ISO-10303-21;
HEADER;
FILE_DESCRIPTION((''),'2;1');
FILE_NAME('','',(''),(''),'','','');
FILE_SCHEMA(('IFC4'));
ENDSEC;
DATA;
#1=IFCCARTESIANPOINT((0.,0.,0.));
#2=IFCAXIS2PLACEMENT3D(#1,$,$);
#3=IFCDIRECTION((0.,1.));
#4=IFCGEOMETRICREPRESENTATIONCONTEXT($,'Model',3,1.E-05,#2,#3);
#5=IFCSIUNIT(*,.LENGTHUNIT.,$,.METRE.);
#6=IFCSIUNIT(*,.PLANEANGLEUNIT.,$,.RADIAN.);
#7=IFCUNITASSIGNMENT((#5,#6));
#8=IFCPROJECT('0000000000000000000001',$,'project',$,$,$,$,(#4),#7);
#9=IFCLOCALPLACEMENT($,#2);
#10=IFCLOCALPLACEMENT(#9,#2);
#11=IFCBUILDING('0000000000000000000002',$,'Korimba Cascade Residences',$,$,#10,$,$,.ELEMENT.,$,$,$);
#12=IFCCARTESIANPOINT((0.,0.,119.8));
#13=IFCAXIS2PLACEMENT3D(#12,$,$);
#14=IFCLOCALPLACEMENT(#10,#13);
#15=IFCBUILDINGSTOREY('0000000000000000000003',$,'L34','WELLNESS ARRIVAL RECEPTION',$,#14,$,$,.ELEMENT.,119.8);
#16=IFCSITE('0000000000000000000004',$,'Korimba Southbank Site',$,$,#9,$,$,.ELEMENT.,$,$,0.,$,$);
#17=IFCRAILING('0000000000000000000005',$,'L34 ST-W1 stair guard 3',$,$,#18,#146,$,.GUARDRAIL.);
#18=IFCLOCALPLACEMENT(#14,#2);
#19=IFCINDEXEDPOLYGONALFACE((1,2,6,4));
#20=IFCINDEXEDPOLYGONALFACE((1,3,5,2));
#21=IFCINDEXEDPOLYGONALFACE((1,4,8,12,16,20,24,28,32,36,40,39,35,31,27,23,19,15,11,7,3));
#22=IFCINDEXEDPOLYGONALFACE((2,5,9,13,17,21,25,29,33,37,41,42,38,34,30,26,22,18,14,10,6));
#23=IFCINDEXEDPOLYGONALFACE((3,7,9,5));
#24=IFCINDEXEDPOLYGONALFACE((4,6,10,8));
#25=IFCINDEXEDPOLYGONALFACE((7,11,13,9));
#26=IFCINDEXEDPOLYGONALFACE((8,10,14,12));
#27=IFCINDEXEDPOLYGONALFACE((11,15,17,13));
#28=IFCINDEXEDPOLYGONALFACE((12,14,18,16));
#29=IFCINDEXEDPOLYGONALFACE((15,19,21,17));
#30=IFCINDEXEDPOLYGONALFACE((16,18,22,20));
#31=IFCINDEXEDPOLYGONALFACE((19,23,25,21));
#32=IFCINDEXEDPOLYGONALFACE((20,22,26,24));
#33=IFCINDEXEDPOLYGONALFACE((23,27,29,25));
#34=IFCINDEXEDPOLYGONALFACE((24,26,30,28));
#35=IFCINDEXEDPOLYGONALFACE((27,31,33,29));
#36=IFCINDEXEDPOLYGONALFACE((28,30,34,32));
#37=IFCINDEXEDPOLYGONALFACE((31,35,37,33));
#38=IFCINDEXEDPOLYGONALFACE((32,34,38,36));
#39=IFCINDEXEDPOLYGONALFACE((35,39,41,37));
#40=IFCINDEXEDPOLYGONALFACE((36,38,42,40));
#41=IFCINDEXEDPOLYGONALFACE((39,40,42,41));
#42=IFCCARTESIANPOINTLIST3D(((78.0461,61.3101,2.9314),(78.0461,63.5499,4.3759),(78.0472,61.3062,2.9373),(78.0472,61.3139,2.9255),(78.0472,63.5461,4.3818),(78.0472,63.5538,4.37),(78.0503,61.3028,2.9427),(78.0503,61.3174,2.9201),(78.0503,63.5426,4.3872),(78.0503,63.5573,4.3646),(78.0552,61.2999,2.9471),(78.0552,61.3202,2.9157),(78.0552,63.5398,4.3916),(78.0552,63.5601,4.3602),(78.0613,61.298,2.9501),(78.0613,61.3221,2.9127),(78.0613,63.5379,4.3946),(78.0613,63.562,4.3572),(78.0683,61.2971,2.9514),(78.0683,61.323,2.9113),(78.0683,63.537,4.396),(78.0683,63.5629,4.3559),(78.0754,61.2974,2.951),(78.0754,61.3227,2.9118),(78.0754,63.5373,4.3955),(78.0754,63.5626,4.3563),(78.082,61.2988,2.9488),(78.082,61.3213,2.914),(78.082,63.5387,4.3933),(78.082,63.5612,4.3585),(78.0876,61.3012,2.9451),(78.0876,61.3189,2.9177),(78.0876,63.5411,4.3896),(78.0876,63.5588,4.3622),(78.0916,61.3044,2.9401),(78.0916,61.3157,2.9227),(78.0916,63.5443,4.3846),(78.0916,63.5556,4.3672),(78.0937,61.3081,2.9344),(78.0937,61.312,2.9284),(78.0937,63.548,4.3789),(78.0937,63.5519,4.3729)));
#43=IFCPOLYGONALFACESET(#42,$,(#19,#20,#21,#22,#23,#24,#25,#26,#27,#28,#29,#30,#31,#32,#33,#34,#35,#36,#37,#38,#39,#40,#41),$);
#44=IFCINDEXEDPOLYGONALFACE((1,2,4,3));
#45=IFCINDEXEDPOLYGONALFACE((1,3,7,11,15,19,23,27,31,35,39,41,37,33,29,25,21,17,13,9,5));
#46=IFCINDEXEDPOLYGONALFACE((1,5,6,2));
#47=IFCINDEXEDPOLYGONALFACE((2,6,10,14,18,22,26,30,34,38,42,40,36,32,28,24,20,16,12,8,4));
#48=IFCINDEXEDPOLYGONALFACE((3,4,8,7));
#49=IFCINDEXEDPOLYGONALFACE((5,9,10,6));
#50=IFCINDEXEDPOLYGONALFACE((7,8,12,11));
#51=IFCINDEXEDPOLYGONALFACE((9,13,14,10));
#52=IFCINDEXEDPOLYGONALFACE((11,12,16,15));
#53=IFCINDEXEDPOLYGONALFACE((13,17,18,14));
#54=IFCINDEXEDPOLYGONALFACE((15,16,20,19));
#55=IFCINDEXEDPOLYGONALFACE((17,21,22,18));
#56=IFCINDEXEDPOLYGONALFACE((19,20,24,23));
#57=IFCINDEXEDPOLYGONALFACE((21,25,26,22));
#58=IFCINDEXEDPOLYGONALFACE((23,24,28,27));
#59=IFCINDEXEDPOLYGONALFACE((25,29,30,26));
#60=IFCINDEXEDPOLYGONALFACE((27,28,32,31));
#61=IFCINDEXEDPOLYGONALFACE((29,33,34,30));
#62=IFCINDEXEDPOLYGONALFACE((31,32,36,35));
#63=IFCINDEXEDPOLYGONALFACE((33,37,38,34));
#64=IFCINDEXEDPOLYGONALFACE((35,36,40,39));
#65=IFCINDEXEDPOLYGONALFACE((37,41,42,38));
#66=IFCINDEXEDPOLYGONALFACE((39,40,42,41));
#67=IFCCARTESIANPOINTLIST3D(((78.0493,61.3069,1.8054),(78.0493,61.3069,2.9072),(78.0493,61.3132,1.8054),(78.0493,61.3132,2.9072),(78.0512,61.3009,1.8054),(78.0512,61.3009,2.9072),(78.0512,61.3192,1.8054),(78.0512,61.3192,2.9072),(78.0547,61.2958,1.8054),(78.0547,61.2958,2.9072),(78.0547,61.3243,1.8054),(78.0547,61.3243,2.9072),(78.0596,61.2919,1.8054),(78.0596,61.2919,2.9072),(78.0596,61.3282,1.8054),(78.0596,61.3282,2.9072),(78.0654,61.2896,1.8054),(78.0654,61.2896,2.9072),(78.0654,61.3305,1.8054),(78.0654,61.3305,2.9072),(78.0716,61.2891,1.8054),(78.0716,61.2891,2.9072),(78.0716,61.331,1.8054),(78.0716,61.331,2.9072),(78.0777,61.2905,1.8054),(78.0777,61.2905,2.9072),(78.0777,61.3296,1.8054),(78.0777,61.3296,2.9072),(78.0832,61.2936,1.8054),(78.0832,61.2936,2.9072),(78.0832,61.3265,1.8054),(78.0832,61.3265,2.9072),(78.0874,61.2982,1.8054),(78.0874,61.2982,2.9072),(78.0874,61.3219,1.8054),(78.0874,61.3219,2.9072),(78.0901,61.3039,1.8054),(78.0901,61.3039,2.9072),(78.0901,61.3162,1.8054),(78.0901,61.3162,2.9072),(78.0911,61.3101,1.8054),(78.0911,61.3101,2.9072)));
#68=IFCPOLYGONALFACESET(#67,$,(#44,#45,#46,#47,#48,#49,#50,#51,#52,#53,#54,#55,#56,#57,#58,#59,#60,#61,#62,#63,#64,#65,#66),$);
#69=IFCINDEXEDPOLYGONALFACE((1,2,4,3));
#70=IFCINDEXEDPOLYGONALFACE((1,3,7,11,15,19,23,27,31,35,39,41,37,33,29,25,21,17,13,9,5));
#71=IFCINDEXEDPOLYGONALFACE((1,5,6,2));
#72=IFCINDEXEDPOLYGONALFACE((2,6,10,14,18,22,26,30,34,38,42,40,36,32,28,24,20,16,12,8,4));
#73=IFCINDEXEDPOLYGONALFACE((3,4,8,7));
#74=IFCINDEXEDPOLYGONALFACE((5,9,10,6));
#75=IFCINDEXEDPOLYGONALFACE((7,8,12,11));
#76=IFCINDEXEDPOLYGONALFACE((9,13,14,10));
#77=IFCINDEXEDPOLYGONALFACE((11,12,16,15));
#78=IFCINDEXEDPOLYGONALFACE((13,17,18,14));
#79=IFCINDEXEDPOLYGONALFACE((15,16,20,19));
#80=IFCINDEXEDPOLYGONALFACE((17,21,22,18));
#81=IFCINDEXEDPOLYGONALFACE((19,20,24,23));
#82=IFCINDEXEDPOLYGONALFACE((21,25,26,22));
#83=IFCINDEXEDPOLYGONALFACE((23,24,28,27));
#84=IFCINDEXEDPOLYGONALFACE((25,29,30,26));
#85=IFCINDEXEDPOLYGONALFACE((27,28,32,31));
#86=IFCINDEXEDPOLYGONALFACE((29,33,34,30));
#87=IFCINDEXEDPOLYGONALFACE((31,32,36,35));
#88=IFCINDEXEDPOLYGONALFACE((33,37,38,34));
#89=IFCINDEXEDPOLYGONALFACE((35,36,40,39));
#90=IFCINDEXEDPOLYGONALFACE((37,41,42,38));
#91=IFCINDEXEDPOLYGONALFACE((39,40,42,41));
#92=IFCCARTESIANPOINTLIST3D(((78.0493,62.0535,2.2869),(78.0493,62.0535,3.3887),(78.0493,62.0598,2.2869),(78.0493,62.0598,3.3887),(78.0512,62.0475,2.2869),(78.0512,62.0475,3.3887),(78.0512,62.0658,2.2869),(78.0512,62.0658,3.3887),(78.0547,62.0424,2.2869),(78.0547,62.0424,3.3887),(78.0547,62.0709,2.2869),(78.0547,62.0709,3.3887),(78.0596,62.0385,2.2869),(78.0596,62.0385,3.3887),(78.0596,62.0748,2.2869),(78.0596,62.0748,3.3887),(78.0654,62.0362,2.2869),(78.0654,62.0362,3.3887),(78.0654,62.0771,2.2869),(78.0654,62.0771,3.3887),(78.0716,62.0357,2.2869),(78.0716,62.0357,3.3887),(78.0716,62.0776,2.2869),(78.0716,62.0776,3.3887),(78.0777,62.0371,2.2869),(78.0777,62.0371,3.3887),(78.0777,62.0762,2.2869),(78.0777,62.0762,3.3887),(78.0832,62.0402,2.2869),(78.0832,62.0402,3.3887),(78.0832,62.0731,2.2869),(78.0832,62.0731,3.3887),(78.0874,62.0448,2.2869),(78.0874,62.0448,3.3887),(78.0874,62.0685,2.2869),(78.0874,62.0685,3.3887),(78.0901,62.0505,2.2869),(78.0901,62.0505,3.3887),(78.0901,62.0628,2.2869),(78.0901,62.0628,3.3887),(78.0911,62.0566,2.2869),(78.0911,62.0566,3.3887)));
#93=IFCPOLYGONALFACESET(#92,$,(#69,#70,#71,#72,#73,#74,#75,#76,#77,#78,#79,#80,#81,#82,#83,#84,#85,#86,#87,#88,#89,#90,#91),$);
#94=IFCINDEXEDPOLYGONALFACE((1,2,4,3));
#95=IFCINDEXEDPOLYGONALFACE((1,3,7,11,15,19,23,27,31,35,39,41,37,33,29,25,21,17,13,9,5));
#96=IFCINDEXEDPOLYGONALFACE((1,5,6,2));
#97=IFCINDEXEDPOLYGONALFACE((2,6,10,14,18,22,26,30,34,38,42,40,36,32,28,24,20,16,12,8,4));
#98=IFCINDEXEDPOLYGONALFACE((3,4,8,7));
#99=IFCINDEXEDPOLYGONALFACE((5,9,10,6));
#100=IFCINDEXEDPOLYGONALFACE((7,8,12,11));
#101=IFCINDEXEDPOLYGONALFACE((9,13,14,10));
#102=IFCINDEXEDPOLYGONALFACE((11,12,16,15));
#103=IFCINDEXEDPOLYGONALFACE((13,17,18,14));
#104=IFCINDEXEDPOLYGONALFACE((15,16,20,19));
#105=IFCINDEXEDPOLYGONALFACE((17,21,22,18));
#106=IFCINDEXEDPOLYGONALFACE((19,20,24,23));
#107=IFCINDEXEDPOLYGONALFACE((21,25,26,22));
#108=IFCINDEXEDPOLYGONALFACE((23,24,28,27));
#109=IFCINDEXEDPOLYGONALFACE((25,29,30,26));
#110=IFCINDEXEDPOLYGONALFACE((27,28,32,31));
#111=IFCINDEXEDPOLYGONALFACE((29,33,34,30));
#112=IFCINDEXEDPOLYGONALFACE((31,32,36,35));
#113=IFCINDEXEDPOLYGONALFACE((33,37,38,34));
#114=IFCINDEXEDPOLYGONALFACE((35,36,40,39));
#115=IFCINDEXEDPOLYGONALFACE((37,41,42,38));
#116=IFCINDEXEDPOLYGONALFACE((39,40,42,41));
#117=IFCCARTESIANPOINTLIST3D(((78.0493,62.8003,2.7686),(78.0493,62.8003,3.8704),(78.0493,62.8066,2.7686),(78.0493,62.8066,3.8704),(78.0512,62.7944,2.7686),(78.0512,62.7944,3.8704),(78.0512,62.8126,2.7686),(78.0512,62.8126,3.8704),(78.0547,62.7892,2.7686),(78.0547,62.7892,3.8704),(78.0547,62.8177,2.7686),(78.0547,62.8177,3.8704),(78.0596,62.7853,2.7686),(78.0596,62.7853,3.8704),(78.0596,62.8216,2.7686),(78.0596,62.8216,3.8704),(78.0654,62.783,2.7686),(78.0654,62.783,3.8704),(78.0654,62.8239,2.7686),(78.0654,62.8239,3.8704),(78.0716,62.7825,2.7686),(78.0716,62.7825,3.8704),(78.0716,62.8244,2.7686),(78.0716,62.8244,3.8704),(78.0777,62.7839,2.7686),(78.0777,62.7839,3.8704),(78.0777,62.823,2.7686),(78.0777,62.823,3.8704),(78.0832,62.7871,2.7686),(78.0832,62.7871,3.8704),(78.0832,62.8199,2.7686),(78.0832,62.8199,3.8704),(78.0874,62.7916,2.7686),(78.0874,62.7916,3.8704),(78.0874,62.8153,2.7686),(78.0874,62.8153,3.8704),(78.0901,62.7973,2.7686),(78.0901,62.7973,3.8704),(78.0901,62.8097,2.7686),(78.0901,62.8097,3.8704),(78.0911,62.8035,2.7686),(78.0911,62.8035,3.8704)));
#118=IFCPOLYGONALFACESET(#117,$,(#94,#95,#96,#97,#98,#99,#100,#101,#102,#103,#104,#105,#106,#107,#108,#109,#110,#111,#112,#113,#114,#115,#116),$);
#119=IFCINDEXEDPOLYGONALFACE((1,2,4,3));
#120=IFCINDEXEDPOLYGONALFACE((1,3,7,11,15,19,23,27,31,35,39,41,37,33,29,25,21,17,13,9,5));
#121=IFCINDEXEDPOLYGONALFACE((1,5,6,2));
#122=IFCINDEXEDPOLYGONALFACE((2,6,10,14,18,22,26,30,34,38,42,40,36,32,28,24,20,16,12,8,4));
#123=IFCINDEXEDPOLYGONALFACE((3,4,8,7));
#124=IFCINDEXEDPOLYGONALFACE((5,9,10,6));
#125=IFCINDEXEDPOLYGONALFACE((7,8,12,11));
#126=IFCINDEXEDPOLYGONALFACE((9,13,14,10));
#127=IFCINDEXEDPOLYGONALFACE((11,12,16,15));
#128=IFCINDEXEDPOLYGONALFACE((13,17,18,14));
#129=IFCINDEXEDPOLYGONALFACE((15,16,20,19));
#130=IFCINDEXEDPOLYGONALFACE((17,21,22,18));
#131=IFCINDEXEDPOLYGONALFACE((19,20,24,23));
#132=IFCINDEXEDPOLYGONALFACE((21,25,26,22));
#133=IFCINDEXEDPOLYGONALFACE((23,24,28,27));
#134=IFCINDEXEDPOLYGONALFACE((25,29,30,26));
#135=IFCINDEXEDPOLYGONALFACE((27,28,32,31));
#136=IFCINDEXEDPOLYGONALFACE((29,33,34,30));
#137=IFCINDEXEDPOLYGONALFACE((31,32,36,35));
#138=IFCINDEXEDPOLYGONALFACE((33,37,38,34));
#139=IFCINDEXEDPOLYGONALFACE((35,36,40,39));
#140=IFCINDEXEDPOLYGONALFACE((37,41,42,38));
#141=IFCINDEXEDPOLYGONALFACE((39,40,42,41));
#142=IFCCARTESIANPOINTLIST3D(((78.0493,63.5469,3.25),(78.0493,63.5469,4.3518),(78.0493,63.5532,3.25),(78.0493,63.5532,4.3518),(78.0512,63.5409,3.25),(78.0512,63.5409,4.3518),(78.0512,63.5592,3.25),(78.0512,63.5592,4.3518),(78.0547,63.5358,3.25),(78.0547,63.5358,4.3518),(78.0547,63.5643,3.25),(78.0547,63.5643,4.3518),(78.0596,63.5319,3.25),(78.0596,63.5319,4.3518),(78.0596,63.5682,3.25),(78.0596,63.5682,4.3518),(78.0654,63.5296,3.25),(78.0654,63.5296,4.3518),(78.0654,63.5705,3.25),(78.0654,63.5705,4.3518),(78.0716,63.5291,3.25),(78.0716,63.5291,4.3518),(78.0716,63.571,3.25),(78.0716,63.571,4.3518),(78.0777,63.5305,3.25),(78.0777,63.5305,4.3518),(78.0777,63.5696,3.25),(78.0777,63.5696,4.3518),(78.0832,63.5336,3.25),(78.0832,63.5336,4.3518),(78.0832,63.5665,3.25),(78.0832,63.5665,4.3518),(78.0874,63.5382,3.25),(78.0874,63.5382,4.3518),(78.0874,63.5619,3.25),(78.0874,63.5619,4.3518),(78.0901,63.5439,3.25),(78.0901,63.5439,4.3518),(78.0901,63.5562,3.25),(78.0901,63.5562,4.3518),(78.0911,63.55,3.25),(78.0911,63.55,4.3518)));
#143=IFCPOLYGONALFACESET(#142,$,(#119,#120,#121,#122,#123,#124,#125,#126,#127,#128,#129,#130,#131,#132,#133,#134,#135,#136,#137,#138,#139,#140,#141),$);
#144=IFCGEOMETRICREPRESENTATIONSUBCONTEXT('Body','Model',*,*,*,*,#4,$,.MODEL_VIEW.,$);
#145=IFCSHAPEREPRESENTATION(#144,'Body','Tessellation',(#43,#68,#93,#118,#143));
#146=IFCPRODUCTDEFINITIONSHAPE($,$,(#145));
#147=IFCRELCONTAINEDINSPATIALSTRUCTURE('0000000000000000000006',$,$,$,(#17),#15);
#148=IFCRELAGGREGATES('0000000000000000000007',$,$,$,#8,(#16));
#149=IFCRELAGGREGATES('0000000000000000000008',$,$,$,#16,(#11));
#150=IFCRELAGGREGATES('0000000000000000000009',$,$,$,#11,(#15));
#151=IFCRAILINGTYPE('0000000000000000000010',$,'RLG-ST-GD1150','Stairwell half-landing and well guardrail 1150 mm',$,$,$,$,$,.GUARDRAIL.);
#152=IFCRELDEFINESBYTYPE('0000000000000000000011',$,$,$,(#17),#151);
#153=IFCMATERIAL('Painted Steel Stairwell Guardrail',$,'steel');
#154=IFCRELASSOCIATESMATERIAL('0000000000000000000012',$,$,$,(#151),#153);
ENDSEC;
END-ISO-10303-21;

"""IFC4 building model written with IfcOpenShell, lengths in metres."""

from ifc_helpers import new_model, si_unit, direction, frame, origin, origin_2d, place, context, subcontext, project, spatial, circle, extrude, material, type_object, element, save


model = new_model("IFC4")

# Units and contexts
model_context = context("Model", 3, precision=1e-05, world=origin(), true_north=direction((0.0, 1.0)))
body_context = subcontext(model_context, "Body", "Model", "MODEL_VIEW")
ifc_project = project(units=[si_unit("LENGTHUNIT", "METRE"), si_unit("PLANEANGLEUNIT", "RADIAN")], contexts=[model_context])

# Site, building, storey
site_placement = place(None, origin())
site = spatial("IfcSite", under=ifc_project, at=site_placement, Name="Korimba Southbank Site", CompositionType="ELEMENT", RefElevation=0.0)
building_placement = place(site_placement, origin())
building = spatial("IfcBuilding", under=site, at=building_placement, Name="Korimba Cascade Residences", CompositionType="ELEMENT")
storey_placement = place(building_placement, frame((0.0, 0.0, 119.8)))
storey = spatial("IfcBuildingStorey", under=building, at=storey_placement, Name="L34", Description="WELLNESS ARRIVAL RECEPTION", CompositionType="ELEMENT", Elevation=119.8)

# Railing
ifc_material_1 = material(Name="Painted Steel Stairwell Guardrail", Category="steel")
railing_type_1 = type_object("IfcRailingType", Name="RLG-ST-GD1150", Description="Stairwell half-landing and well guardrail 1150 mm", PredefinedType="GUARDRAIL", material=ifc_material_1)
railing_1_placement = place(storey_placement, frame((78.0701, 61.3101, 1.8054)))
element("IfcRailing", 1, at=railing_1_placement, inside=storey, type_object=railing_type_1, Name="L34 ST-W1 stair guard 3", PredefinedType="GUARDRAIL", context=body_context, shape_type="SweptSolid", body=[
    extrude(circle(Radius=0.0239, at=origin_2d()), frame((0.0, 0.0, 1.126), z_axis=(0.0, 0.840395, 0.541975), x_axis=(-1.0, 0.0, 0.0)), (0.0, 0.0, 1.0), 2.6653),
    extrude(circle(Radius=0.021, at=origin_2d()), origin(), (0.0, 0.0, 1.0), 1.1018),
    extrude(circle(Radius=0.021, at=origin_2d()), frame((0.0, 0.7466, 0.4814)), (0.0, 0.0, 1.0), 1.1018),
    extrude(circle(Radius=0.021, at=origin_2d()), frame((0.0, 1.4934, 0.9631)), (0.0, 0.0, 1.0), 1.1018),
    extrude(circle(Radius=0.021, at=origin_2d()), frame((0.0, 2.24, 1.4446)), (0.0, 0.0, 1.0), 1.1018),
])

save(model, "model.ifc")
